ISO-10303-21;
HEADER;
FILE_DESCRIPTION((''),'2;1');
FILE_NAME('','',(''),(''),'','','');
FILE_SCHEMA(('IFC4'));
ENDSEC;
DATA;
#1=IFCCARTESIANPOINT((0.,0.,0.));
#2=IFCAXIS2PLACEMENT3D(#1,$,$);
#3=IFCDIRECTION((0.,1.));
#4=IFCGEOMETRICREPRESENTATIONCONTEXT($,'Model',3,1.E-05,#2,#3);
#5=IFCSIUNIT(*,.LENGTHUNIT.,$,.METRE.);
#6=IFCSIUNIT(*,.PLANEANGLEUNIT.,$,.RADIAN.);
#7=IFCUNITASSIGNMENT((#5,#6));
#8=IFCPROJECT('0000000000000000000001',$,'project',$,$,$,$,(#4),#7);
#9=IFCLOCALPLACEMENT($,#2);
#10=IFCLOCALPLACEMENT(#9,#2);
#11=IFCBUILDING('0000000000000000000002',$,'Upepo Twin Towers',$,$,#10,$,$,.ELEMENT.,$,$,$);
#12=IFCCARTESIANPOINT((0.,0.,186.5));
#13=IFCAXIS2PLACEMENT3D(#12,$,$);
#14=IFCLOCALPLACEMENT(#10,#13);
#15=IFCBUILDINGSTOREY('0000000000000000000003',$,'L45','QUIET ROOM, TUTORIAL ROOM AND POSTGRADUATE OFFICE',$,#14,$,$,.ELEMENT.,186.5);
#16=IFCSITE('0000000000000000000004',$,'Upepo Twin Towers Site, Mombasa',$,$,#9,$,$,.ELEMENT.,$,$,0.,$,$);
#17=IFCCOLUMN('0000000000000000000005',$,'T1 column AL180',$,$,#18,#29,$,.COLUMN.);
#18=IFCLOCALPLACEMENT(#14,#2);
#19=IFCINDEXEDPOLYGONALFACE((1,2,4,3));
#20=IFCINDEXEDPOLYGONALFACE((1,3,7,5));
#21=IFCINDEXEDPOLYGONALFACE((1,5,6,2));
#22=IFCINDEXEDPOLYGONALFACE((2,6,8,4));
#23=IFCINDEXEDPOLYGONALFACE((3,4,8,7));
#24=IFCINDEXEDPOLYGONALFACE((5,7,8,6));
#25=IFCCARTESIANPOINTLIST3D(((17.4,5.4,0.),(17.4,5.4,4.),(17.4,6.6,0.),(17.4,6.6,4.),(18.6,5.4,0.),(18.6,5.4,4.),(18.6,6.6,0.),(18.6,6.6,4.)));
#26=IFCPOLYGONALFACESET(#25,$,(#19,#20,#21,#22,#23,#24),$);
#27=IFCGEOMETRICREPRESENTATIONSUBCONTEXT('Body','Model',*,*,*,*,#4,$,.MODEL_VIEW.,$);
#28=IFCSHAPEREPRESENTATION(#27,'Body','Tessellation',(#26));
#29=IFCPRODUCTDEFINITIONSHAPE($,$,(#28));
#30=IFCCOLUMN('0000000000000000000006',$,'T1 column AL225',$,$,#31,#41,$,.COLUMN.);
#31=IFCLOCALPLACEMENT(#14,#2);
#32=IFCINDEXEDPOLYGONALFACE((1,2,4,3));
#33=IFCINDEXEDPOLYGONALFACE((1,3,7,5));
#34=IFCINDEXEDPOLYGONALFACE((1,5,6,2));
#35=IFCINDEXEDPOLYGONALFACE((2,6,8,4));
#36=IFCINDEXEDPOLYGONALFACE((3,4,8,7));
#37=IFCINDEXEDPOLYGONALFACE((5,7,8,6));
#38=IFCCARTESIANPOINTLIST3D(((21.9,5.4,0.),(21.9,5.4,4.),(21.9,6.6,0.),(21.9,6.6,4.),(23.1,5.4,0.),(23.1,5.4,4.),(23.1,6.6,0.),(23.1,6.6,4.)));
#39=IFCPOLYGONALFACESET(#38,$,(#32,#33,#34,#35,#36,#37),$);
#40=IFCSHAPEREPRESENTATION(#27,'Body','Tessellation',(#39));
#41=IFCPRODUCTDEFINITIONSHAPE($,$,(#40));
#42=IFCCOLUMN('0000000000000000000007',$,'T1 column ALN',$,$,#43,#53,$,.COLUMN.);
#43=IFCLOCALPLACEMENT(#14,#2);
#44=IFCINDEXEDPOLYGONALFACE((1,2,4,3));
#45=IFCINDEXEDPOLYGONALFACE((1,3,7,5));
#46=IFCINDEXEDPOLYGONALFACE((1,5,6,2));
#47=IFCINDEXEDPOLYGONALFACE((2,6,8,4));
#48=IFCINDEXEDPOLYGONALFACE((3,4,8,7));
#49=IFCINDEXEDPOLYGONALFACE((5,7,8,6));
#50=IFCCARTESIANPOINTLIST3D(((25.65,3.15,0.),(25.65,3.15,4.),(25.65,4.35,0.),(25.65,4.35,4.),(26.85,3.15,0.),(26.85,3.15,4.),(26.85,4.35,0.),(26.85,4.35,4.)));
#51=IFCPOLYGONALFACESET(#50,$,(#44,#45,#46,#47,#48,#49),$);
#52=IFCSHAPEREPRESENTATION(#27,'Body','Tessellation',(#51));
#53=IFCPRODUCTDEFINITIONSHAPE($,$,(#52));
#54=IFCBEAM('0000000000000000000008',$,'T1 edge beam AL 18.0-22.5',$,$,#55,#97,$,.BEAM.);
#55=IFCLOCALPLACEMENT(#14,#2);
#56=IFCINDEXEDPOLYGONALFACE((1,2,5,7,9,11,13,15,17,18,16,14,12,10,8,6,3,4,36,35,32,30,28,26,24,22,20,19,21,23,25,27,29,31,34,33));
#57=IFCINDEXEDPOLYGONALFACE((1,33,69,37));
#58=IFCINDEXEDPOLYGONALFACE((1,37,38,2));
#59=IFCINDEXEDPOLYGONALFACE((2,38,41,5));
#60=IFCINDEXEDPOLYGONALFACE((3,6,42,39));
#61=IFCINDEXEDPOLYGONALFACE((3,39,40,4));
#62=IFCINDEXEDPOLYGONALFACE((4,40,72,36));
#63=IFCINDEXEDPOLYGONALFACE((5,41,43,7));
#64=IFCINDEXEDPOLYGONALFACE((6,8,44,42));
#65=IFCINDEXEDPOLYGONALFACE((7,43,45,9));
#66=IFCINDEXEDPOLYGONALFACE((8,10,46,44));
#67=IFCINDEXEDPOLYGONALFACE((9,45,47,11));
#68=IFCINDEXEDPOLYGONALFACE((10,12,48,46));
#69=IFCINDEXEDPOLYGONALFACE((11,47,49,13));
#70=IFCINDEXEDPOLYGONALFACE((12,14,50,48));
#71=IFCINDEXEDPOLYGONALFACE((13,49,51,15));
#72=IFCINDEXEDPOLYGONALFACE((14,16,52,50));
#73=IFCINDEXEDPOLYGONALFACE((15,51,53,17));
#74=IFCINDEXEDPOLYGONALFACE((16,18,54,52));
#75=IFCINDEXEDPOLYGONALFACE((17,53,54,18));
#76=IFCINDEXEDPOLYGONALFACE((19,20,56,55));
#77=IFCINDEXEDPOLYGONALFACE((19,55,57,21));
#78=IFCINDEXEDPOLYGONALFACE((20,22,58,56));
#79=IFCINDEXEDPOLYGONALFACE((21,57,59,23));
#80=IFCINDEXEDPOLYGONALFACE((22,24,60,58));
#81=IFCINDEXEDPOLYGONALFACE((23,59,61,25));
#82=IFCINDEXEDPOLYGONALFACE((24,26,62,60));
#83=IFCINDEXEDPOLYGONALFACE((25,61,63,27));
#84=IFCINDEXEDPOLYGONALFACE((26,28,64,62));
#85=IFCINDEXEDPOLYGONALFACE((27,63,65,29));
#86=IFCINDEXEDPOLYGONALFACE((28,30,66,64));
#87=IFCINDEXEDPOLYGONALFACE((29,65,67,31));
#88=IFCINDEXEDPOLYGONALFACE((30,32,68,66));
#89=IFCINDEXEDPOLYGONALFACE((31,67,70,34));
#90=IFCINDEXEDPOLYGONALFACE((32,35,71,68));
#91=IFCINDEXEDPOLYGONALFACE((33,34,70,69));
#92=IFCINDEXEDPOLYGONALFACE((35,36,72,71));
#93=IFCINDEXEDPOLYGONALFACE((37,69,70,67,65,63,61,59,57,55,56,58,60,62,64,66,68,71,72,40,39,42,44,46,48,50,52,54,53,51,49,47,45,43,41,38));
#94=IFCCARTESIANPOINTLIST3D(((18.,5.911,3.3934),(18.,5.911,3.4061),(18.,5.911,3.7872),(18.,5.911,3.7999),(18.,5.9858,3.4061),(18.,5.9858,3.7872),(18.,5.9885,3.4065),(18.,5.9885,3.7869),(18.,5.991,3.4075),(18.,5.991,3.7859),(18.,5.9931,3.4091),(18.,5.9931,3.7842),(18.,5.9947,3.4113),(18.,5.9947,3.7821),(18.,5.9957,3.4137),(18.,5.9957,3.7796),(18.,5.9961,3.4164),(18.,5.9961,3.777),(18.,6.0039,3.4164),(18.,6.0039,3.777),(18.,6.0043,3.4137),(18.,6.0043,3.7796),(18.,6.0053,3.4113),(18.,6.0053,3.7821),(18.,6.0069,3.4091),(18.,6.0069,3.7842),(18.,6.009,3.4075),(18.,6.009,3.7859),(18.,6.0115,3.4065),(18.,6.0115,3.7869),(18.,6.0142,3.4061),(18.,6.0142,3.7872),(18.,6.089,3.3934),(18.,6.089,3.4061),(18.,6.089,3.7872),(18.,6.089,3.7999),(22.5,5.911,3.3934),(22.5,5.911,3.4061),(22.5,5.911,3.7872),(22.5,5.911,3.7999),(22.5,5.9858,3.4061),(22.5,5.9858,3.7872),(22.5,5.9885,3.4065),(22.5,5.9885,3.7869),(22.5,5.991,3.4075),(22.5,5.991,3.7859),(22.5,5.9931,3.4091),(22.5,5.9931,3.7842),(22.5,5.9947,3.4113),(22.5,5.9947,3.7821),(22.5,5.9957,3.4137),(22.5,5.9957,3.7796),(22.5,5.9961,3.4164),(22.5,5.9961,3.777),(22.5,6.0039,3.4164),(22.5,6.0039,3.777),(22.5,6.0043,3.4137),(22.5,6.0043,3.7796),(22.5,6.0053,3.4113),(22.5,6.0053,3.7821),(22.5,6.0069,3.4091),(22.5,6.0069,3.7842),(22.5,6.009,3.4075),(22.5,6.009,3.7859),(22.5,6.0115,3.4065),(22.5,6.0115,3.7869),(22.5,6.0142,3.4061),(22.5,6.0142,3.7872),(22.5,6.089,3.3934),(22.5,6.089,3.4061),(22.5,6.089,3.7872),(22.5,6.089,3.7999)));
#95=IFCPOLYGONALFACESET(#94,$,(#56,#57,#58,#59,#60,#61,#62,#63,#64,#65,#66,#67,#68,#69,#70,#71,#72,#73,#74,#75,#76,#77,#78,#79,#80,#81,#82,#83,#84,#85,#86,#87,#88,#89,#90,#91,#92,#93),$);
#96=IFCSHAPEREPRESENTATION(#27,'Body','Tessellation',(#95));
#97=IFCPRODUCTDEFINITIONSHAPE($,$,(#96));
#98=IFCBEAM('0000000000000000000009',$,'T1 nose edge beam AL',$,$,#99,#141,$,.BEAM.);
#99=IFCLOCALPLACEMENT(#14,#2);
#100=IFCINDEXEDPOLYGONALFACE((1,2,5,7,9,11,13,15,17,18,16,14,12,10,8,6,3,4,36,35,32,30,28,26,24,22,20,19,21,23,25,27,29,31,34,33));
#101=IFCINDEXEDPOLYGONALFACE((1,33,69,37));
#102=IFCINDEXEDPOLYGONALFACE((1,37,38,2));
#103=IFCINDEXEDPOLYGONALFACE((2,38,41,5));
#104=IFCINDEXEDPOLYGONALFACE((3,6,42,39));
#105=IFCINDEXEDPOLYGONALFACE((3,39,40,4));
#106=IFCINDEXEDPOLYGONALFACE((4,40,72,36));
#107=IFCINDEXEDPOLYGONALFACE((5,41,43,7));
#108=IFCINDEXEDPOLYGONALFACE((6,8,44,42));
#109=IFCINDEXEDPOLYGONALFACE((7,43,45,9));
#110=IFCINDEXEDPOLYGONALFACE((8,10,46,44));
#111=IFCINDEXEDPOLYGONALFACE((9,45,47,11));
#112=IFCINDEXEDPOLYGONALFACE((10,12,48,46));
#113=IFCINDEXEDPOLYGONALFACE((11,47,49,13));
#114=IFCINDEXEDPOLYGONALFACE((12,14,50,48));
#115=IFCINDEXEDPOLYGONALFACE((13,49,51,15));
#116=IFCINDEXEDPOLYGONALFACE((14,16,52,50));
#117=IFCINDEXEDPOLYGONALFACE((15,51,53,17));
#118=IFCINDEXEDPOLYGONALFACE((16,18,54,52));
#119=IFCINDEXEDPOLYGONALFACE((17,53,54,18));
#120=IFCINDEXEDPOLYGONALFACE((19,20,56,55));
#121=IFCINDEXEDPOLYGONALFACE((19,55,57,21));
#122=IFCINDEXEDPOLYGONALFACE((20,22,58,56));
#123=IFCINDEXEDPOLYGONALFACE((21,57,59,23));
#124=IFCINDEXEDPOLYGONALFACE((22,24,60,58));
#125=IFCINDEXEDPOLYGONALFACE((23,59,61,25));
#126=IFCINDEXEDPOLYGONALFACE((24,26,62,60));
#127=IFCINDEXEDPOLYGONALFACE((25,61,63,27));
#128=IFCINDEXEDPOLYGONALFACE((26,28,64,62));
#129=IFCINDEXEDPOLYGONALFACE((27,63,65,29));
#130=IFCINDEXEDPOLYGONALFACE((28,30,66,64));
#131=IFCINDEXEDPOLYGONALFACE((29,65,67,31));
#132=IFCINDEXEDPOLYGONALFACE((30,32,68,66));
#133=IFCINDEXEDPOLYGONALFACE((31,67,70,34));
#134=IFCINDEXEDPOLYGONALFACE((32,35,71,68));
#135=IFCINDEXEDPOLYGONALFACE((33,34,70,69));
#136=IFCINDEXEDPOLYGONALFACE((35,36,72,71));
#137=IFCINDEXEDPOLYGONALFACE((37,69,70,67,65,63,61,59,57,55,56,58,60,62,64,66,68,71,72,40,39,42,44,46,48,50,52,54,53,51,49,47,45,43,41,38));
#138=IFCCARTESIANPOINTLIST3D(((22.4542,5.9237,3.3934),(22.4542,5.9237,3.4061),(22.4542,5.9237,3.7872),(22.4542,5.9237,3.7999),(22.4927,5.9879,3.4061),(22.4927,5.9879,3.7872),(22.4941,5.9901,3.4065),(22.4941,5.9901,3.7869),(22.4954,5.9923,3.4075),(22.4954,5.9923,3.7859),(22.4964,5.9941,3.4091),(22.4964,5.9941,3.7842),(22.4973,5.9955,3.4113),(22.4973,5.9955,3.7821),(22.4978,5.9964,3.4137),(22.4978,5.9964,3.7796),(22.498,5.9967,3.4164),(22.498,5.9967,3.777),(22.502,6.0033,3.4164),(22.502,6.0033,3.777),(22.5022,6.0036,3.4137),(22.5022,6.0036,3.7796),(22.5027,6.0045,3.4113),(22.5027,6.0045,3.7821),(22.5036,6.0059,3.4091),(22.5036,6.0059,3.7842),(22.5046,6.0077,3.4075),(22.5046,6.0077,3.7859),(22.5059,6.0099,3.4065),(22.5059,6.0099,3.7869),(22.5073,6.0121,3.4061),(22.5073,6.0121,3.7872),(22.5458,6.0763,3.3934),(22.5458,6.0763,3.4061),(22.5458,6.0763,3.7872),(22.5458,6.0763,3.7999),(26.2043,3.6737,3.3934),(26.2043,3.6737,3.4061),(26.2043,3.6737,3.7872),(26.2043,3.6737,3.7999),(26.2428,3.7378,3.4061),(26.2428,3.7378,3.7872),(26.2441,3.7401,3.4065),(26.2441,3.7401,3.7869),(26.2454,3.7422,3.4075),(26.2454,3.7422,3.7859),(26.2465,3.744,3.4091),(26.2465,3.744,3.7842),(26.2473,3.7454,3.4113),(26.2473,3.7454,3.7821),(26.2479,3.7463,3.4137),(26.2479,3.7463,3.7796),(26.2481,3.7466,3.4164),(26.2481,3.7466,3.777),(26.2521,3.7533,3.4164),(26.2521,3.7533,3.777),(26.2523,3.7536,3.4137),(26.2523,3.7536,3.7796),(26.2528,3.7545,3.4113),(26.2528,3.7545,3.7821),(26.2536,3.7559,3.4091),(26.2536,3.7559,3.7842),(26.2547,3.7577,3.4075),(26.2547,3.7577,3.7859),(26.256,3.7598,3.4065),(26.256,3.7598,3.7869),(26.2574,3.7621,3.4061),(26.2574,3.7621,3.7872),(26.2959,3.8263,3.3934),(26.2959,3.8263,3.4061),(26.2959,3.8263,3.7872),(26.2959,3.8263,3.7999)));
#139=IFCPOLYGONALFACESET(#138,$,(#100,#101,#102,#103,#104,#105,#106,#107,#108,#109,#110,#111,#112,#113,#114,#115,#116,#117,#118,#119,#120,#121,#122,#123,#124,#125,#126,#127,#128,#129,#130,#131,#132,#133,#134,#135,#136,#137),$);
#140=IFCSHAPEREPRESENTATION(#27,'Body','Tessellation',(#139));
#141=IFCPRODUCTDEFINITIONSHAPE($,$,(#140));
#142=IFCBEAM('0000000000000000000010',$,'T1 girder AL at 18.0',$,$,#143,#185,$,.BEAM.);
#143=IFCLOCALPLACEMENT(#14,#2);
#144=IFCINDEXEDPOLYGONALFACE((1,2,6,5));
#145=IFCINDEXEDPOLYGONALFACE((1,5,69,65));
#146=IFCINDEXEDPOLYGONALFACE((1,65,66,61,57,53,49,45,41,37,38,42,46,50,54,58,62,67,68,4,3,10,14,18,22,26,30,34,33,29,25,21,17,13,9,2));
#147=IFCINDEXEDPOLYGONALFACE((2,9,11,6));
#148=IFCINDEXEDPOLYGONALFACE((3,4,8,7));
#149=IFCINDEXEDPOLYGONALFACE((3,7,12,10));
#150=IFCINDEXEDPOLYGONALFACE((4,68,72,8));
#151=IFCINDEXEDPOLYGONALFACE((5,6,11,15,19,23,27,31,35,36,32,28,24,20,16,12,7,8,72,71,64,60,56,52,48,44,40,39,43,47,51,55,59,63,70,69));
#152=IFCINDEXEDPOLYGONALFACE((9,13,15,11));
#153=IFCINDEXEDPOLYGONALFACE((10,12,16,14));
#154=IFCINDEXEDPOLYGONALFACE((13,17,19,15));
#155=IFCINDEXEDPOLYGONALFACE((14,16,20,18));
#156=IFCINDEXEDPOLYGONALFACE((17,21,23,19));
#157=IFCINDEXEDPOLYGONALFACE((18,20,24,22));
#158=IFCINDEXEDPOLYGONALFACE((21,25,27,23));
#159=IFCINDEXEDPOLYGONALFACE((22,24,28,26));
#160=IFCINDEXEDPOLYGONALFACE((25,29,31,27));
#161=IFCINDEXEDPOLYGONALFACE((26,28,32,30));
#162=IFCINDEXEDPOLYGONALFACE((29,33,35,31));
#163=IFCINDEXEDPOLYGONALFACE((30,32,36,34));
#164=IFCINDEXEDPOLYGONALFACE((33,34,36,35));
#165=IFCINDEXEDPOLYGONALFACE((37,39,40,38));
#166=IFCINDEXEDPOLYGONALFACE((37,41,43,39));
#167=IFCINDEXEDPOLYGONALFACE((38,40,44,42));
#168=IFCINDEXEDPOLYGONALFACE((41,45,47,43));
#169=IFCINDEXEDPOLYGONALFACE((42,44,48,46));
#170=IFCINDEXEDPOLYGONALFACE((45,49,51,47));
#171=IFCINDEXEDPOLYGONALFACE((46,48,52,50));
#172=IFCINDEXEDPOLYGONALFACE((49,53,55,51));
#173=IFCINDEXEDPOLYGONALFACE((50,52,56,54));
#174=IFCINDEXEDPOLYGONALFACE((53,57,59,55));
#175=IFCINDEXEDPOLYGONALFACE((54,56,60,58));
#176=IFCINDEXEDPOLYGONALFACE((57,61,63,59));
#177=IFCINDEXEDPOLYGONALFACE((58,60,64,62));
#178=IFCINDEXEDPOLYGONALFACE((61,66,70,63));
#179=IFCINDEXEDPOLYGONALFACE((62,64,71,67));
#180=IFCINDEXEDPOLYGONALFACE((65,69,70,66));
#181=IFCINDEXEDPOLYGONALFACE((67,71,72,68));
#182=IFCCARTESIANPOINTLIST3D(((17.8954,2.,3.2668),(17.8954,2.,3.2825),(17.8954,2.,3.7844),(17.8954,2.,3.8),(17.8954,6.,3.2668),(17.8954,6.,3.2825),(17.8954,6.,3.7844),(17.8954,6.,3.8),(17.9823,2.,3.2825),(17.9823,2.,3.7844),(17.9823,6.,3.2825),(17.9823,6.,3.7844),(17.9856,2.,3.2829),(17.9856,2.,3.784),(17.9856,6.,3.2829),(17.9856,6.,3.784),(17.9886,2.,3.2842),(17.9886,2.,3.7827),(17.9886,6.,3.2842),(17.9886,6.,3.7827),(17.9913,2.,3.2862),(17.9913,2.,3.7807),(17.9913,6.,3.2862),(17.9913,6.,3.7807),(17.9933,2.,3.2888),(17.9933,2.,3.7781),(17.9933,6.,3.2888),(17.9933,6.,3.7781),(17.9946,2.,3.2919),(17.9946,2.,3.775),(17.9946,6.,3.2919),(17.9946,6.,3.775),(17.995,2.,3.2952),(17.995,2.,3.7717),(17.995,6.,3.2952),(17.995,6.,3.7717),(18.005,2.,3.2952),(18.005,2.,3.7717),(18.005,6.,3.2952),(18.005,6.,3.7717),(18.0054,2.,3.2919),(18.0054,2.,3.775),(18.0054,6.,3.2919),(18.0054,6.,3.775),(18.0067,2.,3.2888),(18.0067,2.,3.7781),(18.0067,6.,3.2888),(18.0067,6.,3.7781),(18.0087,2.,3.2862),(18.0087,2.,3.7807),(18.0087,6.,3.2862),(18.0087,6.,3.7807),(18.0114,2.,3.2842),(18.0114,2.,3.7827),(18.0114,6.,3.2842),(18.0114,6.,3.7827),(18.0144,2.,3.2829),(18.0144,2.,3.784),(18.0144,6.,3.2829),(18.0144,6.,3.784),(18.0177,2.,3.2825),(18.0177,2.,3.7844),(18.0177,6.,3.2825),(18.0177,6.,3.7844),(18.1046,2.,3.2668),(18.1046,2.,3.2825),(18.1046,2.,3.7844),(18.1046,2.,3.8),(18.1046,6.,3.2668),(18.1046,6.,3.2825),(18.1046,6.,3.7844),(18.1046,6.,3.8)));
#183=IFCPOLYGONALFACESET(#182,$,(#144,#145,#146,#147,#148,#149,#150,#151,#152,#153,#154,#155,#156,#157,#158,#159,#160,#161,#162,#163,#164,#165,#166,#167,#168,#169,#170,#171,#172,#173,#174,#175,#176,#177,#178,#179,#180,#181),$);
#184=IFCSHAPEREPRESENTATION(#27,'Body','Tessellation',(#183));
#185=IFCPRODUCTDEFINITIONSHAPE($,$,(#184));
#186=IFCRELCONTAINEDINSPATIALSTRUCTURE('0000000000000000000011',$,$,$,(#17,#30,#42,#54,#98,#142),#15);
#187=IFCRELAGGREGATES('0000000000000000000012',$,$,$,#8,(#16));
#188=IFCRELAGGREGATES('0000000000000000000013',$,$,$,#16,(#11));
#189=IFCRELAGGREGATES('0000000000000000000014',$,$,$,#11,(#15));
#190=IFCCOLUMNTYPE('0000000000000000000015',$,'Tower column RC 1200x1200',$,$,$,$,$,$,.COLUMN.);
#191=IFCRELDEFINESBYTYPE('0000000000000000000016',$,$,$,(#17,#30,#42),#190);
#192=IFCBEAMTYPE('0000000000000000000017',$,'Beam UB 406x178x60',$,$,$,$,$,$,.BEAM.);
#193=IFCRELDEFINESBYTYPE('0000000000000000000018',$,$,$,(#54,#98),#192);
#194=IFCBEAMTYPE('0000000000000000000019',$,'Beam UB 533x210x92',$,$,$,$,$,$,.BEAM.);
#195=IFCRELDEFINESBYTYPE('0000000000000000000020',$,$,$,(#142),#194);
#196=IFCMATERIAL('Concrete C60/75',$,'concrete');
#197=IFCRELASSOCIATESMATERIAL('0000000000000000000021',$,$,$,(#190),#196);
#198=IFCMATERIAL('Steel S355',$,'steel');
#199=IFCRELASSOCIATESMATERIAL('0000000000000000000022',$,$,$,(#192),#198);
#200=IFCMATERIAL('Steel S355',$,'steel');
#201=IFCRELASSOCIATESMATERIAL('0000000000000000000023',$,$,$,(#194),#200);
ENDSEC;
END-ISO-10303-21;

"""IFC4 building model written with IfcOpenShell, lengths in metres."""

from ifc_helpers import new_model, si_unit, direction, frame, origin, origin_2d, place, context, subcontext, project, spatial, rectangle, i_section, extrude, material, material_profile, profile_set, type_object, element, save


model = new_model("IFC4")

# Units and contexts
model_context = context("Model", 3, precision=1e-05, world=origin(), true_north=direction((0.0, 1.0)))
body_context = subcontext(model_context, "Body", "Model", "MODEL_VIEW")
ifc_project = project(units=[si_unit("LENGTHUNIT", "METRE"), si_unit("PLANEANGLEUNIT", "RADIAN")], contexts=[model_context])

# Site, building, storey
site_placement = place(None, origin())
site = spatial("IfcSite", under=ifc_project, at=site_placement, Name="Upepo Twin Towers Site, Mombasa", CompositionType="ELEMENT", RefElevation=0.0)
building_placement = place(site_placement, origin())
building = spatial("IfcBuilding", under=site, at=building_placement, Name="Upepo Twin Towers", CompositionType="ELEMENT")
storey_placement = place(building_placement, frame((0.0, 0.0, 186.5)))
storey = spatial("IfcBuildingStorey", under=building, at=storey_placement, Name="L45", Description="QUIET ROOM, TUTORIAL ROOM AND POSTGRADUATE OFFICE", CompositionType="ELEMENT", Elevation=186.5)

# Columns
ifc_material_1 = material(Name="Concrete C60/75", Category="concrete")
ifc_material_profile_1 = material_profile(ifc_material_1, rectangle(XDim=1.2, YDim=1.2, at=origin_2d()), Name="RC 1200x1200")
ifc_profile_set_1 = profile_set([ifc_material_profile_1], Name="Concrete C60/75")
column_type = type_object("IfcColumnType", Name="Tower column RC 1200x1200", PredefinedType="COLUMN", material=ifc_profile_set_1)
for number, where, z_axis, x_axis, name in (
    (1, (18.0, 6.0, 0.0), (0.0, 0.0, 1.0), (1.0, 0.0, 0.0), "T1 column AL180"),
    (2, (22.5, 6.0, 0.0), (0.0, 0.0, 1.0), (1.0, 0.0, 0.0), "T1 column AL225"),
    (3, (26.25, 3.75, 0.0), (0.0, 0.0, 1.0), (1.0, 0.0, 0.0), "T1 column ALN"),
):
    element("IfcColumn", number, at=place(storey_placement, frame(where, z_axis=z_axis, x_axis=x_axis)), inside=storey, type_object=column_type, Name=name, PredefinedType="COLUMN", context=body_context, shape_type="SweptSolid", body=[
        extrude(rectangle(XDim=1.2, YDim=1.2, at=origin_2d()), origin(), (0.0, 0.0, 1.0), 4.0),
    ])

# Beams
ifc_material_2 = material(Name="Steel S355", Category="steel")
ifc_material_profile_2 = material_profile(ifc_material_2, i_section(OverallWidth=0.178, OverallDepth=0.4065, WebThickness=0.0078, FlangeThickness=0.0127, FilletRadius=0.0103, at=origin_2d()), Name="UB 406x178x60")
ifc_profile_set_2 = profile_set([ifc_material_profile_2], Name="Steel S355")
beam_type_1 = type_object("IfcBeamType", Name="Beam UB 406x178x60", PredefinedType="BEAM", material=ifc_profile_set_2)
beam_1_placement = place(storey_placement, frame((18.0, 6.0, 3.5967), z_axis=(1.0, 0.0, 0.0), x_axis=(0.0, 1.0, 0.0)))
element("IfcBeam", 4, at=beam_1_placement, inside=storey, type_object=beam_type_1, Name="T1 edge beam AL 18.0-22.5", PredefinedType="BEAM", context=body_context, shape_type="SweptSolid", body=[
    extrude(i_section(OverallWidth=0.178, OverallDepth=0.4065, WebThickness=0.0078, FlangeThickness=0.0127, FilletRadius=0.0103, at=origin_2d()), origin(), (0.0, 0.0, 1.0), 4.5),
])
beam_2_placement = place(storey_placement, frame((22.5, 6.0, 3.5967), z_axis=(0.857493, -0.514496, 0.0), x_axis=(0.514496, 0.857493, 0.0)))
element("IfcBeam", 5, at=beam_2_placement, inside=storey, type_object=beam_type_1, Name="T1 nose edge beam AL", PredefinedType="BEAM", context=body_context, shape_type="SweptSolid", body=[
    extrude(i_section(OverallWidth=0.178, OverallDepth=0.4065, WebThickness=0.0078, FlangeThickness=0.0127, FilletRadius=0.0103, at=origin_2d()), origin(), (0.0, 0.0, 1.0), 4.3733),
])
ifc_material_3 = material(Name="Steel S355", Category="steel")
ifc_material_profile_3 = material_profile(ifc_material_3, i_section(OverallWidth=0.2092, OverallDepth=0.5332, WebThickness=0.01, FlangeThickness=0.0156, FilletRadius=0.0127, at=origin_2d()), Name="UB 533x210x92")
ifc_profile_set_3 = profile_set([ifc_material_profile_3], Name="Steel S355")
beam_type_2 = type_object("IfcBeamType", Name="Beam UB 533x210x92", PredefinedType="BEAM", material=ifc_profile_set_3)
for number, where, z_axis, x_axis, name in (
    (6, (18.0, 6.0, 3.5334), (0.0, -1.0, 0.0), (1.0, 0.0, 0.0), "T1 girder AL at 18.0"),
):
    element("IfcBeam", number, at=place(storey_placement, frame(where, z_axis=z_axis, x_axis=x_axis)), inside=storey, type_object=beam_type_2, Name=name, PredefinedType="BEAM", context=body_context, shape_type="SweptSolid", body=[
        extrude(i_section(OverallWidth=0.2092, OverallDepth=0.5332, WebThickness=0.01, FlangeThickness=0.0156, FilletRadius=0.0127, at=origin_2d()), origin(), (0.0, 0.0, 1.0), 4.0),
    ])

save(model, "model.ifc")
